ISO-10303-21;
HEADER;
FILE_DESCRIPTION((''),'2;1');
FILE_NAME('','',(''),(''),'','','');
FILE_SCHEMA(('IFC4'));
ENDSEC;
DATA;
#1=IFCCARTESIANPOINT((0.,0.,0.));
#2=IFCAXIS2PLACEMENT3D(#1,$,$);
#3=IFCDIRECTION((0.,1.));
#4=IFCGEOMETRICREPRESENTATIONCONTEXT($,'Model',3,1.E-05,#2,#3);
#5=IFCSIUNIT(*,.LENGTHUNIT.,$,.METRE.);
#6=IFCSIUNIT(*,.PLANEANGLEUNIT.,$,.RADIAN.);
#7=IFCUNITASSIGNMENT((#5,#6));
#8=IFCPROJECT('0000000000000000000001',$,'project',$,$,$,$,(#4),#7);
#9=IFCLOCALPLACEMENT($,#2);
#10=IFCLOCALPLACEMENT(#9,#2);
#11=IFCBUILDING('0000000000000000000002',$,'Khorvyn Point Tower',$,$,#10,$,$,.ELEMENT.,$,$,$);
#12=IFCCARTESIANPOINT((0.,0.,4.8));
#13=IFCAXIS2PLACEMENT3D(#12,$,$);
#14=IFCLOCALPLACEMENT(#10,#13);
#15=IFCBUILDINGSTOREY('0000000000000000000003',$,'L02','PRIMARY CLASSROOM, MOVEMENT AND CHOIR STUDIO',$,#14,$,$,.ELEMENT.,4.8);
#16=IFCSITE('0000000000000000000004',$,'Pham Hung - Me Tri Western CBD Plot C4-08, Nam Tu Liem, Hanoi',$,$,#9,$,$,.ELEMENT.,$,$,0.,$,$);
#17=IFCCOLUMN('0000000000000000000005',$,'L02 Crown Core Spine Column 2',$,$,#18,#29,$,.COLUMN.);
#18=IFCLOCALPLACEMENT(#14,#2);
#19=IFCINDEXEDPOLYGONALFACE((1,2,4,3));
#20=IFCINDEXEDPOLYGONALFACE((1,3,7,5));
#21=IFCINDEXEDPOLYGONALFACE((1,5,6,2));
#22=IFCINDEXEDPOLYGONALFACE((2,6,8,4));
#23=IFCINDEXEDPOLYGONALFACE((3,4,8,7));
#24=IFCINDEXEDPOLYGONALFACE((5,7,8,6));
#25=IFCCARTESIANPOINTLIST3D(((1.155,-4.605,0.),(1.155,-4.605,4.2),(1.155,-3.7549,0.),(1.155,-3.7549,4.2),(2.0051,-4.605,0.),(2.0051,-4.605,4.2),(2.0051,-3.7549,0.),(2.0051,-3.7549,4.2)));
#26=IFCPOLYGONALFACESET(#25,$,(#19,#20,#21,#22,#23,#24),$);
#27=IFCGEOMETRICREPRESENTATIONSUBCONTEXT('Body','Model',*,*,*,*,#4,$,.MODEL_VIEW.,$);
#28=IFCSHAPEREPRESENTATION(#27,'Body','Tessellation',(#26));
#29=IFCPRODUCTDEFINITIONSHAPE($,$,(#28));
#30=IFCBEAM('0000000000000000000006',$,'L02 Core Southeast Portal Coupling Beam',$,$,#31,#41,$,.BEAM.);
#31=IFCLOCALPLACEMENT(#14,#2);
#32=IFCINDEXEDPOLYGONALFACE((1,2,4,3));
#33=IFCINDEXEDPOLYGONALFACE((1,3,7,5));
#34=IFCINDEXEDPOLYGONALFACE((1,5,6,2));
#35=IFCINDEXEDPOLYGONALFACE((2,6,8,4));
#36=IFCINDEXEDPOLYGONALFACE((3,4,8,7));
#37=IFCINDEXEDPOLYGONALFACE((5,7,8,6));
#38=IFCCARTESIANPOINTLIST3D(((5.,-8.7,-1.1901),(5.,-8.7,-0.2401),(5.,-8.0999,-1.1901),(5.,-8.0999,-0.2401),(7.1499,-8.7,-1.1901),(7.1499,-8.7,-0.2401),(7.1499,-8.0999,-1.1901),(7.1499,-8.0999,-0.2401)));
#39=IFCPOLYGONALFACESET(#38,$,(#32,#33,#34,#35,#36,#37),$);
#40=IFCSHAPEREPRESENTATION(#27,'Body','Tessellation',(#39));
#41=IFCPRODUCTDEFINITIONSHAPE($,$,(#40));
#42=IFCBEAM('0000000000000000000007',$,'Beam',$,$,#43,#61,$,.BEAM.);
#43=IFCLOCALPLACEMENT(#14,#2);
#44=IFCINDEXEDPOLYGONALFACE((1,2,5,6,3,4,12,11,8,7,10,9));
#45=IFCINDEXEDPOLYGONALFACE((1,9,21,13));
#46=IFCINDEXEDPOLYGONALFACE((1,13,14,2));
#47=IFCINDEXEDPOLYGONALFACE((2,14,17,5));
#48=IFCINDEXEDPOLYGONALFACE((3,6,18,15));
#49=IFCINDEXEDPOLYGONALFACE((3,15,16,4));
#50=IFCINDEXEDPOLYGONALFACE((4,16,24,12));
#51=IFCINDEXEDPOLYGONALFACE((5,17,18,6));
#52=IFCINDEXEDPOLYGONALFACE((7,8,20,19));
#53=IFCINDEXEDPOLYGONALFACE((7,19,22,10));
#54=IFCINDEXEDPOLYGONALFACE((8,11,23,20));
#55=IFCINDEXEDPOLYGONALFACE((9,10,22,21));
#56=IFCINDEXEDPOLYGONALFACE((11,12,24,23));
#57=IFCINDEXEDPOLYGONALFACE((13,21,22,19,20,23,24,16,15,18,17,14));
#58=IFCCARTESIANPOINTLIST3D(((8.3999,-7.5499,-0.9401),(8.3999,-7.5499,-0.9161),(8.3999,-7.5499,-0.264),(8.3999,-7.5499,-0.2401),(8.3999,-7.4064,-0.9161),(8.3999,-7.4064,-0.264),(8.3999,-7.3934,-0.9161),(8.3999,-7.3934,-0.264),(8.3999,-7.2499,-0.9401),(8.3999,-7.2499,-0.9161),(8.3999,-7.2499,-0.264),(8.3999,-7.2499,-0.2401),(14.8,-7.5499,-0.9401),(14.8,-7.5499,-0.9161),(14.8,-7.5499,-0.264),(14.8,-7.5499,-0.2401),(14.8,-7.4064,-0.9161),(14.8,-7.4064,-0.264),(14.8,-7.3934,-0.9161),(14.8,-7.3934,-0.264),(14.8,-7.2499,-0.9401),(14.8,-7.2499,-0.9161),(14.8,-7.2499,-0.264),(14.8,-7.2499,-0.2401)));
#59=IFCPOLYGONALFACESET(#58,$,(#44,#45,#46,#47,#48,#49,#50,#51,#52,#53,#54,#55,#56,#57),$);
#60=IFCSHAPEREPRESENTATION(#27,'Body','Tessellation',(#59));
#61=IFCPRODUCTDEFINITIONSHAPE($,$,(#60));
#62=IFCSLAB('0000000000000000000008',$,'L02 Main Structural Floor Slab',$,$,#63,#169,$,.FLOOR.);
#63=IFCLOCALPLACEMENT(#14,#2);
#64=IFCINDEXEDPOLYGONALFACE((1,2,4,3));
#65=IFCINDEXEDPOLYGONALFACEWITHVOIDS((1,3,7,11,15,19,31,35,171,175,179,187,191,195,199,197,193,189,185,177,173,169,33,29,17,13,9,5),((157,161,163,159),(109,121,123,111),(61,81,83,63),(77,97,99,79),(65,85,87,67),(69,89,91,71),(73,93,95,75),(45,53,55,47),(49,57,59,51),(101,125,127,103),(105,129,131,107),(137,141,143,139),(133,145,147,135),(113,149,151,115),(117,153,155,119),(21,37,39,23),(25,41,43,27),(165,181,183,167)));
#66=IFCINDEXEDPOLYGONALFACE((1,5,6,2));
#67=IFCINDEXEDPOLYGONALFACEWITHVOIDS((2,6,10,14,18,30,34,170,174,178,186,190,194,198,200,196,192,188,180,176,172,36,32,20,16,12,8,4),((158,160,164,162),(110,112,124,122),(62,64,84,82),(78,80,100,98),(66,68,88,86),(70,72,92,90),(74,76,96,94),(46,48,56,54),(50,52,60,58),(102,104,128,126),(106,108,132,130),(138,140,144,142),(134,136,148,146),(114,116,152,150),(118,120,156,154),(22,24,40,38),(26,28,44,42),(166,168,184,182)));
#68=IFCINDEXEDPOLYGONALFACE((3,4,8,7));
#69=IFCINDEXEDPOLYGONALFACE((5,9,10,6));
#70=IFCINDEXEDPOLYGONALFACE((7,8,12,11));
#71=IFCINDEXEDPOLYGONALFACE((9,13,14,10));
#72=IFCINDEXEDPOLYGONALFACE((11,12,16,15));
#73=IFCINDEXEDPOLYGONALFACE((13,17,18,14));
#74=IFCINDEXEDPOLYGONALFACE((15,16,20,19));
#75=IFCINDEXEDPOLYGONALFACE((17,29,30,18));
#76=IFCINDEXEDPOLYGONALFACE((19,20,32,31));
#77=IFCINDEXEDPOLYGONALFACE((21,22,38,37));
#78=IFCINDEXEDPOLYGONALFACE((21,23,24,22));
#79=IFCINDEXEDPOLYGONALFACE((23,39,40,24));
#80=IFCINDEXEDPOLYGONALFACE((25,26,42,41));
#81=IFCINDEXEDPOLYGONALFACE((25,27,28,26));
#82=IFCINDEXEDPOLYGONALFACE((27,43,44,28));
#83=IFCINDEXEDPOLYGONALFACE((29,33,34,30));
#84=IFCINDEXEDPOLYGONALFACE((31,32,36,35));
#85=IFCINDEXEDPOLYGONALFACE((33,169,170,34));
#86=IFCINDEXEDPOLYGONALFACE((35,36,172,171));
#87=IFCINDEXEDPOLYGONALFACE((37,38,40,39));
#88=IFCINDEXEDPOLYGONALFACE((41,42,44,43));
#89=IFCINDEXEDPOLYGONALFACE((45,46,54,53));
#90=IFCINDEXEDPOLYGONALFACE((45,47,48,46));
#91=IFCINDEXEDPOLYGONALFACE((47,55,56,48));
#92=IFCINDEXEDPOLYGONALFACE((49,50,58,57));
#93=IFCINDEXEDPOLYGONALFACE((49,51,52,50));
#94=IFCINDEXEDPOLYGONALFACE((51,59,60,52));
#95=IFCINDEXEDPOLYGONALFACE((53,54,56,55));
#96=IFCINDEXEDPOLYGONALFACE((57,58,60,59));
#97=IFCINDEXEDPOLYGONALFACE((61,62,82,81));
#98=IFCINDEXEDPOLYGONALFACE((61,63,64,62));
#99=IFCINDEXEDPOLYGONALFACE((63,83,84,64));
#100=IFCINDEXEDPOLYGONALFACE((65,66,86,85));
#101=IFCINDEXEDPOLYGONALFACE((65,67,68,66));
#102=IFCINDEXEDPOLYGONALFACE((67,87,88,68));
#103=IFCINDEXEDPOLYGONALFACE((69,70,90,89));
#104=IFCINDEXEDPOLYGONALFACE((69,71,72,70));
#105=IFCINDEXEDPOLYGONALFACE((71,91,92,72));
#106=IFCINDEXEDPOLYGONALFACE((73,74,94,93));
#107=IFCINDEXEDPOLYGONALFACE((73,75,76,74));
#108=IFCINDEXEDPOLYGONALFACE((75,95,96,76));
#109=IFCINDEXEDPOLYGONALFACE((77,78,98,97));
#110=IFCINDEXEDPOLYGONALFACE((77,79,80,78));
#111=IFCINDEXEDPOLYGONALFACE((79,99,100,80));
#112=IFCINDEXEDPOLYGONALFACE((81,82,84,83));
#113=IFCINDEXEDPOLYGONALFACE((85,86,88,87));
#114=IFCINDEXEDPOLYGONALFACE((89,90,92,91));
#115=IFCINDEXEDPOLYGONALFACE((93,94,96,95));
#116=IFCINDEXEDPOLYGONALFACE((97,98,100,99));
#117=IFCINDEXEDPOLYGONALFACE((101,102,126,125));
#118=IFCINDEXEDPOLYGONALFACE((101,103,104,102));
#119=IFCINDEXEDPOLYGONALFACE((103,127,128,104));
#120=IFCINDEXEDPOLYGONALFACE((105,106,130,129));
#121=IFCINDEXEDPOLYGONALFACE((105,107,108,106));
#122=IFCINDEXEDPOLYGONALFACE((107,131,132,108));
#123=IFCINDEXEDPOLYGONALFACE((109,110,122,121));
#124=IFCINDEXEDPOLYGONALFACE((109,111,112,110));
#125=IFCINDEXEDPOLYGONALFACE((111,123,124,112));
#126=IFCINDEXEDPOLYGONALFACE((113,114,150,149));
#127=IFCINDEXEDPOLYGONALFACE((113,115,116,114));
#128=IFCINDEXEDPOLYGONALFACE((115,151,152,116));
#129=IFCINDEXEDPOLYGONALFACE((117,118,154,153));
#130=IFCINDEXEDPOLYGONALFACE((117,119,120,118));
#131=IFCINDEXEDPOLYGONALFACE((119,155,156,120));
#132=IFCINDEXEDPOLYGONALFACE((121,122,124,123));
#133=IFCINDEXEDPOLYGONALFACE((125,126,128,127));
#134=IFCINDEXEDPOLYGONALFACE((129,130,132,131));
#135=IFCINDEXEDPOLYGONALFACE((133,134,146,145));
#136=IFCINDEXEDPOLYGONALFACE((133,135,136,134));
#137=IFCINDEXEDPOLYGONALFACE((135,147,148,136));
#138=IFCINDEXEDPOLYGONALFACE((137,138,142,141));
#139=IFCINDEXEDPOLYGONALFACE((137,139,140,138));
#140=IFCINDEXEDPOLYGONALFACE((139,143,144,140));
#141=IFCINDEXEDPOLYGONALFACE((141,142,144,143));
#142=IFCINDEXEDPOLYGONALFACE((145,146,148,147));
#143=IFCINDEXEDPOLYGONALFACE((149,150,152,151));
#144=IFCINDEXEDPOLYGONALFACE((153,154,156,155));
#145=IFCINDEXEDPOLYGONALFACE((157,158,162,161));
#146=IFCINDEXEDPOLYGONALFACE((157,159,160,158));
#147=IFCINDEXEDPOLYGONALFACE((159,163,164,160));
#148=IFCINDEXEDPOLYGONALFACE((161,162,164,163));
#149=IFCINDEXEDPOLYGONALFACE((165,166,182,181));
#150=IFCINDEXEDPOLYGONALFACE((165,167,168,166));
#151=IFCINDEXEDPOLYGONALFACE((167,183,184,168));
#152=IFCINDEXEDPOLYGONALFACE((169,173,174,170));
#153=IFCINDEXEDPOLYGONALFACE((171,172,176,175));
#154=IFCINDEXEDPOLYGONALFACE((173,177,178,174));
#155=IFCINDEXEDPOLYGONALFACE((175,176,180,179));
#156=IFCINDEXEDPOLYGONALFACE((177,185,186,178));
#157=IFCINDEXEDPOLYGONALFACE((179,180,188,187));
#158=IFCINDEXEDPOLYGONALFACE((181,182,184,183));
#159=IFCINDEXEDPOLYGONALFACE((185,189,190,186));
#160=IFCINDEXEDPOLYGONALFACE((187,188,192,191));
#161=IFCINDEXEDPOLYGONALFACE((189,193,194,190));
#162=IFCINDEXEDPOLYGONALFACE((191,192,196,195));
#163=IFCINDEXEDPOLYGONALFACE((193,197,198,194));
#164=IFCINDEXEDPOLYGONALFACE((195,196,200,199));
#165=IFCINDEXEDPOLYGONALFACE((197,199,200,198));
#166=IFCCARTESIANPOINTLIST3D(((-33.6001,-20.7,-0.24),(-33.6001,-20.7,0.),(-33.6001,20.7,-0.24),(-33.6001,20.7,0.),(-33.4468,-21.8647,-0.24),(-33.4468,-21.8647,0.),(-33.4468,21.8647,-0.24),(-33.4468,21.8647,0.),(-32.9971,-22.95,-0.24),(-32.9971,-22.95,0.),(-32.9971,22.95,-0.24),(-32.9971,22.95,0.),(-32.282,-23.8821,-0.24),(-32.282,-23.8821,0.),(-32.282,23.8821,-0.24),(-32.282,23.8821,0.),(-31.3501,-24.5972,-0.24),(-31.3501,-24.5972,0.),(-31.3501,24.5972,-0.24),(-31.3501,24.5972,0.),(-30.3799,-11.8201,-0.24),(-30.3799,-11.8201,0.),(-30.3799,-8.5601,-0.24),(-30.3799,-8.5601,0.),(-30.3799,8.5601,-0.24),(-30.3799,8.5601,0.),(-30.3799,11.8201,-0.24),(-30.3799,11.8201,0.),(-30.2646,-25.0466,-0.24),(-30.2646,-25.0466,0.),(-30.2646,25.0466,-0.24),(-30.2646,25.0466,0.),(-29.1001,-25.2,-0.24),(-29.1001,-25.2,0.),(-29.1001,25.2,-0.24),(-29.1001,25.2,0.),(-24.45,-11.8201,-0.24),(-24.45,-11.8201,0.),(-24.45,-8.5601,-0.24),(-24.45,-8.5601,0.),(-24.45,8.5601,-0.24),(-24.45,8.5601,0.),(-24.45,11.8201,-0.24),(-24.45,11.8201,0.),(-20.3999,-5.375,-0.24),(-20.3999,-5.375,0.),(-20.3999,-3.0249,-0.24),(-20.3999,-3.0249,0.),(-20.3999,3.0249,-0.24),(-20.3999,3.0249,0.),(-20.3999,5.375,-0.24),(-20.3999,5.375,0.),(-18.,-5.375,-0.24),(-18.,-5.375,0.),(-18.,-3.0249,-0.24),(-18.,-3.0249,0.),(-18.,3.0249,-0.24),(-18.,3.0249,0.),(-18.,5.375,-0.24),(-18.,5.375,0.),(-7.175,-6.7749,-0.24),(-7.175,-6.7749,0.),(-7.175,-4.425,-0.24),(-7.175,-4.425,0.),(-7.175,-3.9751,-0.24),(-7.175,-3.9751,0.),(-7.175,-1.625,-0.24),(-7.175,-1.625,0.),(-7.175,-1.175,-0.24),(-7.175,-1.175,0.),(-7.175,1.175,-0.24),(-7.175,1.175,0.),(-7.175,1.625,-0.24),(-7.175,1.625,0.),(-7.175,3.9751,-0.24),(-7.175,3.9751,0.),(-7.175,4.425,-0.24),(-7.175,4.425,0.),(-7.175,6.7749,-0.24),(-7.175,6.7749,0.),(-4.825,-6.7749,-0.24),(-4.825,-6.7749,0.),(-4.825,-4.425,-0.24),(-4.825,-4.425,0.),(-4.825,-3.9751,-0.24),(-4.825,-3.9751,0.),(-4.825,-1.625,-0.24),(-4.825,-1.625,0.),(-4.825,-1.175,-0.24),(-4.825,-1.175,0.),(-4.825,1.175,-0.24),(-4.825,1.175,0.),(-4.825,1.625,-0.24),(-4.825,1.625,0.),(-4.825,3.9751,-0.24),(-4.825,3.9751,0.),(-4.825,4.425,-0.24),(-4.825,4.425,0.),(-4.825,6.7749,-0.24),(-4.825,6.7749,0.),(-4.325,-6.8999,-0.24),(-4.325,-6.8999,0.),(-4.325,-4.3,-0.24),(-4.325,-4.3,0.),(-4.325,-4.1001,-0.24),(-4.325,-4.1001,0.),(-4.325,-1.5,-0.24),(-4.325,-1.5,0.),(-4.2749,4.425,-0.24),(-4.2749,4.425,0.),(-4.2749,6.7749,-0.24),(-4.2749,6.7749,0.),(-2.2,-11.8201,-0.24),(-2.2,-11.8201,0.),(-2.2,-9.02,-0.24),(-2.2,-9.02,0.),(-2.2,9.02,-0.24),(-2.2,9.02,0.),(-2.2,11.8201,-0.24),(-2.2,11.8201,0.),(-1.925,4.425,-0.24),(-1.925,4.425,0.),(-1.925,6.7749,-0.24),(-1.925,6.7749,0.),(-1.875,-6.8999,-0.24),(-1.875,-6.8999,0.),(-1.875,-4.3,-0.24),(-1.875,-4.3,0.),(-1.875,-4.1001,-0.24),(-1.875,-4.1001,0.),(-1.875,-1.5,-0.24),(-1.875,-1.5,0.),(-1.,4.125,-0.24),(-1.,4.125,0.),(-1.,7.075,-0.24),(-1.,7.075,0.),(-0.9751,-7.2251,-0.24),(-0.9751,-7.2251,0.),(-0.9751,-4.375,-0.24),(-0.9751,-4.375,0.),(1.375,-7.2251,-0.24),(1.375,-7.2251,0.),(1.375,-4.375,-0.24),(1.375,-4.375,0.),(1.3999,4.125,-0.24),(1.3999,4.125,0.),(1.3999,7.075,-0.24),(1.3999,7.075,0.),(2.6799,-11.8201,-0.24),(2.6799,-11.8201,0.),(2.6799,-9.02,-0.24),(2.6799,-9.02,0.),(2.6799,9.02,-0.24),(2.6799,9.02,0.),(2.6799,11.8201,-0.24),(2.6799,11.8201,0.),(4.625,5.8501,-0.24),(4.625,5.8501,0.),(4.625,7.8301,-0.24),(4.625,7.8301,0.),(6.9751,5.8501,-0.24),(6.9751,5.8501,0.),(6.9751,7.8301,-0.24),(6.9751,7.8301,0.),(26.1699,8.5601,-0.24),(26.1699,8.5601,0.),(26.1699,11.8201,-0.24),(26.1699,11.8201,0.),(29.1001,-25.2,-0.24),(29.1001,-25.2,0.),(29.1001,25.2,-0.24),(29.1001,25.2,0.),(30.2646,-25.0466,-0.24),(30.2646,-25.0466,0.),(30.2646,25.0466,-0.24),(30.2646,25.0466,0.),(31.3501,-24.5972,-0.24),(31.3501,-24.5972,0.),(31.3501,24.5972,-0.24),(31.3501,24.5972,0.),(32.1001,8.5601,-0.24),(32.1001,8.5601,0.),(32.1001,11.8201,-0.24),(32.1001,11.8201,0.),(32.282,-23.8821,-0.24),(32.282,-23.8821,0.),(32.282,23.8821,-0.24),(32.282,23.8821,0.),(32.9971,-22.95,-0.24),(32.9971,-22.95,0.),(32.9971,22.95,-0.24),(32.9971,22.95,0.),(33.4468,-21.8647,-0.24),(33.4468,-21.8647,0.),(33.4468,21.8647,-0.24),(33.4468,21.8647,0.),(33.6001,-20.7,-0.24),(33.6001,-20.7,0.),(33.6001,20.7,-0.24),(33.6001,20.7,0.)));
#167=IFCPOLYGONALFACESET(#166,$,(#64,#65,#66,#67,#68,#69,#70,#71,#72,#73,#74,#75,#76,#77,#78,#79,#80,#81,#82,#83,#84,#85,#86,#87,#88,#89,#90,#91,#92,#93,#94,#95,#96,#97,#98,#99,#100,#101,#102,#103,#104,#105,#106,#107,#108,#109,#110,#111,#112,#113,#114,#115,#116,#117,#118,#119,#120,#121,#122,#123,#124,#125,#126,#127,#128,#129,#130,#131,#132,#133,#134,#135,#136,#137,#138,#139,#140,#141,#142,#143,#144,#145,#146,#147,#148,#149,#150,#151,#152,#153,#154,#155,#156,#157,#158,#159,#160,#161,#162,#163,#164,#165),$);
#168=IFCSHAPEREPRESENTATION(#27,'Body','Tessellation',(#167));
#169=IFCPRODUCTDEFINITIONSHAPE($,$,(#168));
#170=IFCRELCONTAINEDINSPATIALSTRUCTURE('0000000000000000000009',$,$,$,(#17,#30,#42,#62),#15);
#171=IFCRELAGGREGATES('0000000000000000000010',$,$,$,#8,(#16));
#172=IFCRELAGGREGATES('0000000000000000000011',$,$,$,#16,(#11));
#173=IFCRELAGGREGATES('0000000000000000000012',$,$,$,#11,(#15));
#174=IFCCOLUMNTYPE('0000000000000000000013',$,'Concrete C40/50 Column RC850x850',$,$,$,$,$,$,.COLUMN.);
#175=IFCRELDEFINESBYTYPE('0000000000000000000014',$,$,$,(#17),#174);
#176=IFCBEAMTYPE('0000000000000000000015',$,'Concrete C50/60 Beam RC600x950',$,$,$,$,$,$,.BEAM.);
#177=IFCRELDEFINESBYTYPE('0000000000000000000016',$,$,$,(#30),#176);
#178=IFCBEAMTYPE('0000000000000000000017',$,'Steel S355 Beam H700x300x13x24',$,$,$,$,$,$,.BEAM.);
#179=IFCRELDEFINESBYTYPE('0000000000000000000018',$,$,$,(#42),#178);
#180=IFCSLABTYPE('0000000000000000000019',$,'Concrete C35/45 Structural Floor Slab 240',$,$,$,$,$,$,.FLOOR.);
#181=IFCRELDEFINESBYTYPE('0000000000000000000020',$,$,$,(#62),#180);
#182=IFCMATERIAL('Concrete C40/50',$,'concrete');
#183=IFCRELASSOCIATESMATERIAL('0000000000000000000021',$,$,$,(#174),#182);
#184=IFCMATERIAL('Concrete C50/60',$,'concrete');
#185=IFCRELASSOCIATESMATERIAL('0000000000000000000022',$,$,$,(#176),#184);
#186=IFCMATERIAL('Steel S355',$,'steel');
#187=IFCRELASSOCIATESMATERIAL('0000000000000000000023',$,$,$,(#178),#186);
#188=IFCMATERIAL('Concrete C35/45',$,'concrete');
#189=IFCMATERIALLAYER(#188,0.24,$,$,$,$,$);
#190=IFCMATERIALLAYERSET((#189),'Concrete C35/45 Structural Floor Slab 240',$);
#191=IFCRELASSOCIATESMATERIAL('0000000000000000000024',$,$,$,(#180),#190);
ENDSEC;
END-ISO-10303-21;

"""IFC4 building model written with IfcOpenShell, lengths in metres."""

from ifc_helpers import new_model, si_unit, direction, frame, origin, origin_2d, place, context, subcontext, project, spatial, polyline, rectangle, i_section, outline, extrude, material, layer, layer_set, material_profile, profile_set, type_object, element, save


model = new_model("IFC4")

# Units and contexts
model_context = context("Model", 3, precision=1e-05, world=origin(), true_north=direction((0.0, 1.0)))
body_context = subcontext(model_context, "Body", "Model", "MODEL_VIEW")
ifc_project = project(units=[si_unit("LENGTHUNIT", "METRE"), si_unit("PLANEANGLEUNIT", "RADIAN")], contexts=[model_context])

# Site, building, storey
site_placement = place(None, origin())
site = spatial("IfcSite", under=ifc_project, at=site_placement, Name="Pham Hung - Me Tri Western CBD Plot C4-08, Nam Tu Liem, Hanoi", CompositionType="ELEMENT", RefElevation=0.0)
building_placement = place(site_placement, origin())
building = spatial("IfcBuilding", under=site, at=building_placement, Name="Khorvyn Point Tower", CompositionType="ELEMENT")
storey_placement = place(building_placement, frame((0.0, 0.0, 4.8)))
storey = spatial("IfcBuildingStorey", under=building, at=storey_placement, Name="L02", Description="PRIMARY CLASSROOM, MOVEMENT AND CHOIR STUDIO", CompositionType="ELEMENT", Elevation=4.8)

# Column
ifc_material_1 = material(Name="Concrete C40/50", Category="concrete")
ifc_material_profile_1 = material_profile(ifc_material_1, rectangle(XDim=0.8501, YDim=0.8501, at=origin_2d()))
ifc_profile_set_1 = profile_set([ifc_material_profile_1], Name="Concrete C40/50 RC850x850")
column_type = type_object("IfcColumnType", Name="Concrete C40/50 Column RC850x850", PredefinedType="COLUMN", material=ifc_profile_set_1)
column_placement = place(storey_placement, frame((1.5801, -4.1799, 0.0), z_axis=(0.0, 0.0, 1.0), x_axis=(1.0, 0.0, 0.0)))
element("IfcColumn", 1, at=column_placement, inside=storey, type_object=column_type, Name="L02 Crown Core Spine Column 2", PredefinedType="COLUMN", context=body_context, shape_type="SweptSolid", body=[
    extrude(rectangle(XDim=0.8501, YDim=0.8501, at=origin_2d()), origin(), (0.0, 0.0, 1.0), 4.2),
])

# Beams
ifc_material_2 = material(Name="Concrete C50/60", Category="concrete")
ifc_material_profile_2 = material_profile(ifc_material_2, rectangle(XDim=0.6001, YDim=0.95, at=origin_2d()))
ifc_profile_set_2 = profile_set([ifc_material_profile_2], Name="Concrete C50/60 RC600x950")
beam_type_1 = type_object("IfcBeamType", Name="Concrete C50/60 Beam RC600x950", PredefinedType="BEAM", material=ifc_profile_set_2)
beam_1_placement = place(storey_placement, frame((5.0, -8.3999, -0.7151), z_axis=(1.0, 0.0, 0.0), x_axis=(0.0, 1.0, 0.0)))
element("IfcBeam", 2, at=beam_1_placement, inside=storey, type_object=beam_type_1, Name="L02 Core Southeast Portal Coupling Beam", PredefinedType="BEAM", context=body_context, shape_type="SweptSolid", body=[
    extrude(rectangle(XDim=0.6001, YDim=0.95, at=origin_2d()), origin(), (0.0, 0.0, 1.0), 2.1499),
])
ifc_material_3 = material(Name="Steel S355", Category="steel")
ifc_material_profile_3 = material_profile(ifc_material_3, i_section(OverallWidth=0.3, OverallDepth=0.7, WebThickness=0.0129, FlangeThickness=0.0239, at=origin_2d()))
ifc_profile_set_3 = profile_set([ifc_material_profile_3], Name="Steel S355 H700x300x13x24")
beam_type_2 = type_object("IfcBeamType", Name="Steel S355 Beam H700x300x13x24", PredefinedType="BEAM", material=ifc_profile_set_3)
beam_2_placement = place(storey_placement, frame((8.3999, -7.3999, -0.5901), z_axis=(1.0, 0.0, 0.0), x_axis=(0.0, 1.0, 0.0)))
element("IfcBeam", 3, at=beam_2_placement, inside=storey, type_object=beam_type_2, Name="Beam", PredefinedType="BEAM", context=body_context, shape_type="SweptSolid", body=[
    extrude(i_section(OverallWidth=0.3, OverallDepth=0.7, WebThickness=0.0129, FlangeThickness=0.0239, at=origin_2d()), origin(), (0.0, 0.0, 1.0), 6.4001),
])

# Slab
ifc_material_4 = material(Name="Concrete C35/45", Category="concrete")
ifc_layer_1 = layer(ifc_material_4, 0.24)
ifc_layer_set_1 = layer_set([ifc_layer_1], Name="Concrete C35/45 Structural Floor Slab 240")
slab_type_1 = type_object("IfcSlabType", Name="Concrete C35/45 Structural Floor Slab 240", PredefinedType="FLOOR", material=ifc_layer_set_1)
slab_1_placement = place(storey_placement, frame((0.0, 0.0, -0.24)))
element("IfcSlab", 4, at=slab_1_placement, inside=storey, type_object=slab_type_1, Name="L02 Main Structural Floor Slab", PredefinedType="FLOOR", context=body_context, shape_type="SweptSolid", body=[
    extrude(outline(polyline([(-29.1001, -25.2), (-30.2646, -25.0466), (-31.3501, -24.5972), (-32.282, -23.8821), (-32.9971, -22.95), (-33.4468, -21.8647), (-33.6001, -20.7), (-33.6001, 20.7), (-33.4468, 21.8647), (-32.9971, 22.95), (-32.282, 23.8821), (-31.3501, 24.5972), (-30.2646, 25.0466), (-29.1001, 25.2), (29.1001, 25.2), (30.2646, 25.0466), (31.3501, 24.5972), (32.282, 23.8821), (32.9971, 22.95), (33.4468, 21.8647), (33.6001, 20.7), (33.6001, -20.7), (33.4468, -21.8647), (32.9971, -22.95), (32.282, -23.8821), (31.3501, -24.5972), (30.2646, -25.0466), (29.1001, -25.2), (-29.1001, -25.2)]), holes=[polyline([(-30.3799, -11.8201), (-24.45, -11.8201), (-24.45, -8.5601), (-30.3799, -8.5601), (-30.3799, -11.8201)]), polyline([(-7.175, -6.7749), (-4.825, -6.7749), (-4.825, -4.425), (-7.175, -4.425), (-7.175, -6.7749)]), polyline([(-20.3999, -5.375), (-18.0, -5.375), (-18.0, -3.0249), (-20.3999, -3.0249), (-20.3999, -5.375)]), polyline([(-7.175, -3.9751), (-4.825, -3.9751), (-4.825, -1.625), (-7.175, -1.625), (-7.175, -3.9751)]), polyline([(-7.175, -1.175), (-4.825, -1.175), (-4.825, 1.175), (-7.175, 1.175), (-7.175, -1.175)]), polyline([(-7.175, 1.625), (-4.825, 1.625), (-4.825, 3.9751), (-7.175, 3.9751), (-7.175, 1.625)]), polyline([(-20.3999, 3.0249), (-18.0, 3.0249), (-18.0, 5.375), (-20.3999, 5.375), (-20.3999, 3.0249)]), polyline([(-7.175, 6.7749), (-7.175, 4.425), (-4.825, 4.425), (-4.825, 6.7749), (-7.175, 6.7749)]), polyline([(-30.3799, 11.8201), (-30.3799, 8.5601), (-24.45, 8.5601), (-24.45, 11.8201), (-30.3799, 11.8201)]), polyline([(-2.2, -11.8201), (2.6799, -11.8201), (2.6799, -9.02), (-2.2, -9.02), (-2.2, -11.8201)]), polyline([(-0.9751, -7.2251), (1.375, -7.2251), (1.375, -4.375), (-0.9751, -4.375), (-0.9751, -7.2251)]), polyline([(-4.325, -6.8999), (-1.875, -6.8999), (-1.875, -4.3), (-4.325, -4.3), (-4.325, -6.8999)]), polyline([(-4.325, -4.1001), (-1.875, -4.1001), (-1.875, -1.5), (-4.325, -1.5), (-4.325, -4.1001)]), polyline([(-4.2749, 4.425), (-1.925, 4.425), (-1.925, 6.7749), (-4.2749, 6.7749), (-4.2749, 4.425)]), polyline([(-1.0, 4.125), (1.3999, 4.125), (1.3999, 7.075), (-1.0, 7.075), (-1.0, 4.125)]), polyline([(4.625, 5.8501), (6.9751, 5.8501), (6.9751, 7.8301), (4.625, 7.8301), (4.625, 5.8501)]), polyline([(26.1699, 11.8201), (26.1699, 8.5601), (32.1001, 8.5601), (32.1001, 11.8201), (26.1699, 11.8201)]), polyline([(-2.2, 11.8201), (-2.2, 9.02), (2.6799, 9.02), (2.6799, 11.8201), (-2.2, 11.8201)])]), origin(), (0.0, 0.0, 1.0), 0.24),
])

save(model, "model.ifc")
